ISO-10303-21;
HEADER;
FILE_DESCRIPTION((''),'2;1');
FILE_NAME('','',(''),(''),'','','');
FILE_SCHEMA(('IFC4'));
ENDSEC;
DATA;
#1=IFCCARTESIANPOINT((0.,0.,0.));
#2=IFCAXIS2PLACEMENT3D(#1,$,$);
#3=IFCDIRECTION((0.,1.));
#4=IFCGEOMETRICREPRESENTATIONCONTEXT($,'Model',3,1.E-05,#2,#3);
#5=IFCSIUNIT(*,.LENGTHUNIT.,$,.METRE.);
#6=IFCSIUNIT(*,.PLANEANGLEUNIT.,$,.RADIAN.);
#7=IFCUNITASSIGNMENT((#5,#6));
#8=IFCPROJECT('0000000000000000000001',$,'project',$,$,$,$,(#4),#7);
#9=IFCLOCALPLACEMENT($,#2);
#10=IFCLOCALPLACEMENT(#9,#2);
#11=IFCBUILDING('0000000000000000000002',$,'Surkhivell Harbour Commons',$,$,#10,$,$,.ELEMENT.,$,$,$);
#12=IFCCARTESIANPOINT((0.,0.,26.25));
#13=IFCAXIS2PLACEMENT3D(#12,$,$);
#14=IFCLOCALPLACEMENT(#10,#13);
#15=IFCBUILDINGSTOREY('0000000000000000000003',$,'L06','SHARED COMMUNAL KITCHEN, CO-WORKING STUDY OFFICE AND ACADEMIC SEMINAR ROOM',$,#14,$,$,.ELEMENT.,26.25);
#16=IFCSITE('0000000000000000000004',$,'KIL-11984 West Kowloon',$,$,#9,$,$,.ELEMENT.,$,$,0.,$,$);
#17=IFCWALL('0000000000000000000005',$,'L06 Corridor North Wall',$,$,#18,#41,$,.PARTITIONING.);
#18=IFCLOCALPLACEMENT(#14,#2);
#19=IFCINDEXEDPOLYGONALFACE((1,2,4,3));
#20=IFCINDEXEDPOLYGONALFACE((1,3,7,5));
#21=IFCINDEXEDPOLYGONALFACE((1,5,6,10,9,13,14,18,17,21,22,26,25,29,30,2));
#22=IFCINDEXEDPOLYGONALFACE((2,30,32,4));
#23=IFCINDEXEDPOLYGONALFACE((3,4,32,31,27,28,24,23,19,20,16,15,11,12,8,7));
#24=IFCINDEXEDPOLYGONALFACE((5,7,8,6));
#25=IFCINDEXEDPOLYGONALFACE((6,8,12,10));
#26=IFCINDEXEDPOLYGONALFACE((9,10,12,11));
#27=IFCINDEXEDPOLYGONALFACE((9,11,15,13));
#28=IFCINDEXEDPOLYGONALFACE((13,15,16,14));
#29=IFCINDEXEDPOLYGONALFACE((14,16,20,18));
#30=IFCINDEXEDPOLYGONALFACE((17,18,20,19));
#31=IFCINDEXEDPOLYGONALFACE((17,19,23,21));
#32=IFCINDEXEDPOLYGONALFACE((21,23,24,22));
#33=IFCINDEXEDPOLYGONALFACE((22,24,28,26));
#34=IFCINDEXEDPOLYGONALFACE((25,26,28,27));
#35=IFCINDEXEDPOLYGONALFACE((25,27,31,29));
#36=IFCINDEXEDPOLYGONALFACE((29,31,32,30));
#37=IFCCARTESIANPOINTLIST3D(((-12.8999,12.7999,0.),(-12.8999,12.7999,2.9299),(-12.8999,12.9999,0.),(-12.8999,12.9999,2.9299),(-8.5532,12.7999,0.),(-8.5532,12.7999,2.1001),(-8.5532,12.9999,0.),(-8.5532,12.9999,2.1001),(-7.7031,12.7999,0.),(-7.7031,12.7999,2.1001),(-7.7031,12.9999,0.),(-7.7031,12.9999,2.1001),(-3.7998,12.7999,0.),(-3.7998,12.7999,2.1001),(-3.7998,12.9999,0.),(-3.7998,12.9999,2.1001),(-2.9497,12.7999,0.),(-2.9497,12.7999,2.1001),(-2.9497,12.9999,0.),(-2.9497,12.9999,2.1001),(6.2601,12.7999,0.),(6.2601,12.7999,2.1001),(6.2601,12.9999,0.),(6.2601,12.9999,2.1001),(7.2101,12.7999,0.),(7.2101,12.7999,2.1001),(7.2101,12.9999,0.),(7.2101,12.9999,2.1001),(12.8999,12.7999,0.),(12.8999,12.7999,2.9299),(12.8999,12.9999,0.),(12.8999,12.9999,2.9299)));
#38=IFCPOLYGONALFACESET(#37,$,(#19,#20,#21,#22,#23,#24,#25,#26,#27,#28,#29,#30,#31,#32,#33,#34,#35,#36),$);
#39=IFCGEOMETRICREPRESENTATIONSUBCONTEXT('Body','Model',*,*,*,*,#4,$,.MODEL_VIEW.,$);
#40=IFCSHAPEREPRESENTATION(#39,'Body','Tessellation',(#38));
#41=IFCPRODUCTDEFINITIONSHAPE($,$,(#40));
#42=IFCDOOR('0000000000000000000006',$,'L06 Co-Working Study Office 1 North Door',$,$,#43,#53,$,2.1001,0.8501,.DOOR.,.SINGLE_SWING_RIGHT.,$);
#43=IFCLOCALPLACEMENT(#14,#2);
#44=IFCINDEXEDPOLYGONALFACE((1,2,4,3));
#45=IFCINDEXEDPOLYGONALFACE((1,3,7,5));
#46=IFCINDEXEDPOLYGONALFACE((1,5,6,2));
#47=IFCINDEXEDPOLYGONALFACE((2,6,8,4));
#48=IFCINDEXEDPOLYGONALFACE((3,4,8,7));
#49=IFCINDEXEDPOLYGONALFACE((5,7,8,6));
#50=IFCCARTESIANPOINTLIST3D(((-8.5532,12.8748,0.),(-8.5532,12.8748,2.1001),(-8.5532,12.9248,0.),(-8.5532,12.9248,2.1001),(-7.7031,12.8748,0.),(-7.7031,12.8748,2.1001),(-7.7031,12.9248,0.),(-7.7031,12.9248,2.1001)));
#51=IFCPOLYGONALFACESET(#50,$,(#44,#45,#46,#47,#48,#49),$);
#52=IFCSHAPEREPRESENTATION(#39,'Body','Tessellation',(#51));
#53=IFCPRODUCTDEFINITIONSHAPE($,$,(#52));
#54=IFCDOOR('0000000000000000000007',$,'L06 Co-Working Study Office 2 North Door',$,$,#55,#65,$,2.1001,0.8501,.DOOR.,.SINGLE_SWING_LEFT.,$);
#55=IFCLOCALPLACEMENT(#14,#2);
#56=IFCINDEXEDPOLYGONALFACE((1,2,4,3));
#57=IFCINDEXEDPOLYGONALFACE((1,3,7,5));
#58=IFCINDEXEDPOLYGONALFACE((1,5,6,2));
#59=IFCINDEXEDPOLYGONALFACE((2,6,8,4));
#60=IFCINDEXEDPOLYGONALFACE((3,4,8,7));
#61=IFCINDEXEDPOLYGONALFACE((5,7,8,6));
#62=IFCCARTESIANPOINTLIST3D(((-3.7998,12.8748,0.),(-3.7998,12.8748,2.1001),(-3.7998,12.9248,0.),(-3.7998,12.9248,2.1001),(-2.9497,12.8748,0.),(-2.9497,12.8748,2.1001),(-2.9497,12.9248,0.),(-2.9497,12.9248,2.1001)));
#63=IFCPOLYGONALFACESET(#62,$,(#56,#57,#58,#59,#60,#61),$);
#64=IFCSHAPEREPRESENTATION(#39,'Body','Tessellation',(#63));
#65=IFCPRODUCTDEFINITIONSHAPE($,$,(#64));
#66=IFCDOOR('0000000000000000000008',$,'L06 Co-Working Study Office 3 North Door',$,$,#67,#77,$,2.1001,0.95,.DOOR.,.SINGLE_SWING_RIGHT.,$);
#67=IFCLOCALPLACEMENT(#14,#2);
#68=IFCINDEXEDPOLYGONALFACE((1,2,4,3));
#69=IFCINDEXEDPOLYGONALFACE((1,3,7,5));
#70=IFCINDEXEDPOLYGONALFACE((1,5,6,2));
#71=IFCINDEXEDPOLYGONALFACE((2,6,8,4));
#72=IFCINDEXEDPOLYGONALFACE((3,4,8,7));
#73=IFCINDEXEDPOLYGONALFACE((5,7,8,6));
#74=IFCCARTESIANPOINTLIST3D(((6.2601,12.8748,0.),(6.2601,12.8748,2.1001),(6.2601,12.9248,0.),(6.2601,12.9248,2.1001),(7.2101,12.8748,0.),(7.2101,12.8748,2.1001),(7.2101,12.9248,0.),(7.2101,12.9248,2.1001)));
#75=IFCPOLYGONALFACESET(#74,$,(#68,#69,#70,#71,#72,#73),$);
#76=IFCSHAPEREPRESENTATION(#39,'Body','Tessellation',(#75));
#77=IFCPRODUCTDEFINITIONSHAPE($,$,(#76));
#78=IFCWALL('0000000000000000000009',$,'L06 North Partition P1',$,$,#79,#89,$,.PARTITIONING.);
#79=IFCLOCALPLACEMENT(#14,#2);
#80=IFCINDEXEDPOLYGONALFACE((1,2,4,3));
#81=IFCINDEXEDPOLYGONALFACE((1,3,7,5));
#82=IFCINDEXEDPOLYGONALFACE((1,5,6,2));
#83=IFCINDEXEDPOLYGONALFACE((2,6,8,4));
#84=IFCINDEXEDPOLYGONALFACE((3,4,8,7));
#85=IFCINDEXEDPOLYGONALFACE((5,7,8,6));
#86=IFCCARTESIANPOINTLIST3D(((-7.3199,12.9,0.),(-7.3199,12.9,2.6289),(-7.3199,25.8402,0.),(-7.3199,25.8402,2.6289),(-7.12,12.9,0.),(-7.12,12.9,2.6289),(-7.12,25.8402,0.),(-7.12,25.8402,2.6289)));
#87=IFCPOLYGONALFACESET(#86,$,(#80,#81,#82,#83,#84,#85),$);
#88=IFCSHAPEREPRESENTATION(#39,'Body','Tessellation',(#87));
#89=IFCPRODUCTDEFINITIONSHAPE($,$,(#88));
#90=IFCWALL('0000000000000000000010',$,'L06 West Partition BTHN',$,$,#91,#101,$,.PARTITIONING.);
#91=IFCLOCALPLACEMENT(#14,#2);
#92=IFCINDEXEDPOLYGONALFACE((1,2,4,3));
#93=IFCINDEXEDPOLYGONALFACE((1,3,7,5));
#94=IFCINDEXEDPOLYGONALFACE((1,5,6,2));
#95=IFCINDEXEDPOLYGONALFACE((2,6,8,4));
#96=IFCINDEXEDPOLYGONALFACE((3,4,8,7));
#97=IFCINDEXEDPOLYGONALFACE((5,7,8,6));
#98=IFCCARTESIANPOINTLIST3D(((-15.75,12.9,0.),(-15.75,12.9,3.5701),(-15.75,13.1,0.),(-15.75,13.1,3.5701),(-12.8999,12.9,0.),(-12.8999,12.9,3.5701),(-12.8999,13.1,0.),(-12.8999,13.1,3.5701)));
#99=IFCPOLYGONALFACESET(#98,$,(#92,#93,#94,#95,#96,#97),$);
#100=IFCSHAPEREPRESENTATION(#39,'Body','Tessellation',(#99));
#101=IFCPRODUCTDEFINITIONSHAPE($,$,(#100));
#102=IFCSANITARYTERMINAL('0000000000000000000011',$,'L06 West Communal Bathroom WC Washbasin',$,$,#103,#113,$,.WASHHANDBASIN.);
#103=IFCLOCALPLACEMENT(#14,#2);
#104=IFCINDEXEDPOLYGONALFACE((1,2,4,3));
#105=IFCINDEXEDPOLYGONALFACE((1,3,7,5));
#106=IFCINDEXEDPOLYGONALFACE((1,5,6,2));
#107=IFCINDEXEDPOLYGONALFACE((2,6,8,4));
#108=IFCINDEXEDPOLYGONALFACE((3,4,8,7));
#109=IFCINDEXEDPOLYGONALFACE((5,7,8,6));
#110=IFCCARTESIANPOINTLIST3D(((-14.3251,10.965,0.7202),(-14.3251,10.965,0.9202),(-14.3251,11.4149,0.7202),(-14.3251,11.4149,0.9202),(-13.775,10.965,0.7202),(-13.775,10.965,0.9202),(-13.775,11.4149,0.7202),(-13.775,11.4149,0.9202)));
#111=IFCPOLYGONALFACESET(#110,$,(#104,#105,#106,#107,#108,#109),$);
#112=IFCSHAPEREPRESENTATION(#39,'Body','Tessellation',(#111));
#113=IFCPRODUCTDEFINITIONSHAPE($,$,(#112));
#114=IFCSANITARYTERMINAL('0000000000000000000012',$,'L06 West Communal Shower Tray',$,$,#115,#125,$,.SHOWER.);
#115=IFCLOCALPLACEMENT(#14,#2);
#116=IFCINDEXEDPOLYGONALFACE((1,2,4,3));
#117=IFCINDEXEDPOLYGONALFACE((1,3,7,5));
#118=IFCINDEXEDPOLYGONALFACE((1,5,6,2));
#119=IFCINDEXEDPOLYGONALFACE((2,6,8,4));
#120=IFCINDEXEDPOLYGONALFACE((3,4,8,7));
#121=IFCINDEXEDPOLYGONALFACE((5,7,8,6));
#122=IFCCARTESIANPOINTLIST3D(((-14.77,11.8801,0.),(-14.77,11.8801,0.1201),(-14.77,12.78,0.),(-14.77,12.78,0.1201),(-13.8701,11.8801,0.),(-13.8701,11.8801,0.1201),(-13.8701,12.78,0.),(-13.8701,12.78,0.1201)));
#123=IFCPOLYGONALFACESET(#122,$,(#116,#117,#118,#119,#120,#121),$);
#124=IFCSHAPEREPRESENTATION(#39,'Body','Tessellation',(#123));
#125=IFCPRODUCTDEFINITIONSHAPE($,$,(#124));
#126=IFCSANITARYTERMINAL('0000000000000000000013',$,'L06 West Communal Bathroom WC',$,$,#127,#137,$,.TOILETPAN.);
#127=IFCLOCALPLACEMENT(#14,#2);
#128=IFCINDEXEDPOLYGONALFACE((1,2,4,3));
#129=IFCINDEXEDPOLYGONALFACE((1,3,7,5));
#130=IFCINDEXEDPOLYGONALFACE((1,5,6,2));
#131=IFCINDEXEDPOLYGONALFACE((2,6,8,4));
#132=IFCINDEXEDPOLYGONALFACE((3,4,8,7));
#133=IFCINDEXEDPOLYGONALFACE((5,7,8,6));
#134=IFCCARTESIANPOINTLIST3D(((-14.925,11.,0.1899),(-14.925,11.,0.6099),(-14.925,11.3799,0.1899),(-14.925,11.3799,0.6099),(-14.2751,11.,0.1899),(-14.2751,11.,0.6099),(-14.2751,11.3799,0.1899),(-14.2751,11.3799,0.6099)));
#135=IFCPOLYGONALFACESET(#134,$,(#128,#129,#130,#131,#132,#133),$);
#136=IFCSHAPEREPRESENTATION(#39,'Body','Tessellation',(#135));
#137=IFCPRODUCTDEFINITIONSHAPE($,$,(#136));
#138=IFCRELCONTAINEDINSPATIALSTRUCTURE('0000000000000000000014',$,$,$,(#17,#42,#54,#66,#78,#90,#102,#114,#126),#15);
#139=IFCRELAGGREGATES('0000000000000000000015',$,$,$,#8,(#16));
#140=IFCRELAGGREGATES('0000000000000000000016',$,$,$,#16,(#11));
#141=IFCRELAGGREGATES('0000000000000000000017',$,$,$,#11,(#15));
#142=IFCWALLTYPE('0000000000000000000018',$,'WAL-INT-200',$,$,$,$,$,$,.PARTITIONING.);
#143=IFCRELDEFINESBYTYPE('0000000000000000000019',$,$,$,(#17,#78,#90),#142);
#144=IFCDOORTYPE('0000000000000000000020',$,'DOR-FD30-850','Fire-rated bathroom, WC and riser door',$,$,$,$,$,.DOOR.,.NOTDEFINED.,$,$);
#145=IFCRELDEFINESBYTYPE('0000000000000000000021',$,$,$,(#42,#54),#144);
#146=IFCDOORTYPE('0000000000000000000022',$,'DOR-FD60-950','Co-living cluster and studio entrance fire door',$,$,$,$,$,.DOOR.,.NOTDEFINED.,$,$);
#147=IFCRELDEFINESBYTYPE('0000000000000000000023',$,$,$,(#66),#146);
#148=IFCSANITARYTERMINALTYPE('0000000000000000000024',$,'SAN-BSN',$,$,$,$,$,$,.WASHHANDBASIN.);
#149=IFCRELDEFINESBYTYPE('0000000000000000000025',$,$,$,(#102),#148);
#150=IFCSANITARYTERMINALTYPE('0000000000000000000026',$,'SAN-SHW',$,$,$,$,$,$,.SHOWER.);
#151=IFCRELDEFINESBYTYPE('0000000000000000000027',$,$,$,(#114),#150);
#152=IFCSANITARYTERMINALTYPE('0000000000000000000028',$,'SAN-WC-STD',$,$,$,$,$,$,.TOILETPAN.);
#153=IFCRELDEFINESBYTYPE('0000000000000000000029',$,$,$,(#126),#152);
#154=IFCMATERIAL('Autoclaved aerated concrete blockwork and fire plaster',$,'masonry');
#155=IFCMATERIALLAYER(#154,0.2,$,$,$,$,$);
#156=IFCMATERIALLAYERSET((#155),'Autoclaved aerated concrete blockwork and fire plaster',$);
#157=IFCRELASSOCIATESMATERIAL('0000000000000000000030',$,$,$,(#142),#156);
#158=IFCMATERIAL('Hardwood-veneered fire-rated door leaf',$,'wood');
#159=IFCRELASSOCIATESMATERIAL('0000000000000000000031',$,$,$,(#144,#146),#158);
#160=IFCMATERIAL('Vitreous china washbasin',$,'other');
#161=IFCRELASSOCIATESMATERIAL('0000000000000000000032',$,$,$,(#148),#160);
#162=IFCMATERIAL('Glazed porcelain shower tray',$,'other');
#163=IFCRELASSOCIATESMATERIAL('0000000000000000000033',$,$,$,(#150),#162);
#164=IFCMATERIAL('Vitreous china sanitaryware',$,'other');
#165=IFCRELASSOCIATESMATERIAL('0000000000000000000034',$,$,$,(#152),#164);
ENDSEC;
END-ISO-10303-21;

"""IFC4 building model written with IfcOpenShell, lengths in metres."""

from ifc_helpers import new_model, si_unit, direction, frame, frame_2d, origin, origin_2d, place, context, subcontext, project, spatial, rectangle, extrude, material, layer, layer_set, type_object, element, fill, save


model = new_model("IFC4")

# Units and contexts
model_context = context("Model", 3, precision=1e-05, world=origin(), true_north=direction((0.0, 1.0)))
body_context = subcontext(model_context, "Body", "Model", "MODEL_VIEW")
ifc_project = project(units=[si_unit("LENGTHUNIT", "METRE"), si_unit("PLANEANGLEUNIT", "RADIAN")], contexts=[model_context])

# Site, building, storey
site_placement = place(None, origin())
site = spatial("IfcSite", under=ifc_project, at=site_placement, Name="KIL-11984 West Kowloon", CompositionType="ELEMENT", RefElevation=0.0)
building_placement = place(site_placement, origin())
building = spatial("IfcBuilding", under=site, at=building_placement, Name="Surkhivell Harbour Commons", CompositionType="ELEMENT")
storey_placement = place(building_placement, frame((0.0, 0.0, 26.25)))
storey = spatial("IfcBuildingStorey", under=building, at=storey_placement, Name="L06", Description="SHARED COMMUNAL KITCHEN, CO-WORKING STUDY OFFICE AND ACADEMIC SEMINAR ROOM", CompositionType="ELEMENT", Elevation=26.25)

# Shared definitions
ifc_material_1 = material(Name="Hardwood-veneered fire-rated door leaf", Category="wood")

# Shared definitions
ifc_material_2 = material(Name="Autoclaved aerated concrete blockwork and fire plaster", Category="masonry")
ifc_layer_1 = layer(ifc_material_2, 0.2)
ifc_layer_set_1 = layer_set([ifc_layer_1], Name="Autoclaved aerated concrete blockwork and fire plaster")
wall_type_1 = type_object("IfcWallType", Name="WAL-INT-200", PredefinedType="PARTITIONING", material=ifc_layer_set_1)

# Wall, openings, doors
wall_1_placement = place(storey_placement, frame((-12.8999, 12.8999, 0.0), z_axis=(0.0, 0.0, 1.0), x_axis=(1.0, 0.0, 0.0)))
wall_1 = element("IfcWall", 1, at=wall_1_placement, inside=storey, type_object=wall_type_1, Name="L06 Corridor North Wall", PredefinedType="PARTITIONING", context=body_context, shape_type="SweptSolid", body=[
    extrude(rectangle(XDim=25.7998, YDim=0.2, at=frame_2d((12.8999, 0.0))), origin(), (0.0, 0.0, 1.0), 2.9299),
])
opening_1_placement = place(wall_1_placement, frame((4.3467, 0.0, 0.0)))
opening_1 = element("IfcOpeningElement", 2, at=opening_1_placement, cuts=wall_1, PredefinedType="OPENING", context=body_context, shape_type="SweptSolid", body=[
    extrude(rectangle(XDim=0.8501, YDim=2.1001, at=frame_2d((0.425, 1.05))), frame((0.0, 0.1099, 0.0), z_axis=(0.0, -1.0, 0.0), x_axis=(1.0, 0.0, 0.0)), (0.0, 0.0, 1.0), 0.22),
])
opening_2_placement = place(wall_1_placement, frame((9.1001, 0.0, 0.0)))
opening_2 = element("IfcOpeningElement", 3, at=opening_2_placement, cuts=wall_1, PredefinedType="OPENING", context=body_context, shape_type="SweptSolid", body=[
    extrude(rectangle(XDim=0.8501, YDim=2.1001, at=frame_2d((0.425, 1.05))), frame((0.0, 0.1099, 0.0), z_axis=(0.0, -1.0, 0.0), x_axis=(1.0, 0.0, 0.0)), (0.0, 0.0, 1.0), 0.22),
])
opening_3_placement = place(wall_1_placement, frame((19.1599, 0.0, 0.0)))
opening_3 = element("IfcOpeningElement", 4, at=opening_3_placement, cuts=wall_1, PredefinedType="OPENING", context=body_context, shape_type="SweptSolid", body=[
    extrude(rectangle(XDim=0.95, YDim=2.1001, at=frame_2d((0.4751, 1.05))), frame((0.0, 0.1099, 0.0), z_axis=(0.0, -1.0, 0.0), x_axis=(1.0, 0.0, 0.0)), (0.0, 0.0, 1.0), 0.22),
])
door_type_1 = type_object("IfcDoorType", Name="DOR-FD30-850", Description="Fire-rated bathroom, WC and riser door", OperationType="NOTDEFINED", PredefinedType="DOOR", material=ifc_material_1)
door_1_placement = place(opening_1_placement, origin())
door_1 = element("IfcDoor", 5, at=door_1_placement, inside=storey, type_object=door_type_1, Name="L06 Co-Working Study Office 1 North Door", OperationType="SINGLE_SWING_RIGHT", OverallHeight=2.1001, OverallWidth=0.8501, PredefinedType="DOOR", context=body_context, shape_type="SweptSolid", body=[
    extrude(rectangle(XDim=0.8501, YDim=2.1001, at=frame_2d((0.425, 1.05))), frame((0.0, 0.0249, 0.0), z_axis=(0.0, -1.0, 0.0), x_axis=(1.0, 0.0, 0.0)), (0.0, 0.0, 1.0), 0.05),
])
fill(opening_1, door_1)
door_2_placement = place(opening_2_placement, origin())
door_2 = element("IfcDoor", 6, at=door_2_placement, inside=storey, type_object=door_type_1, Name="L06 Co-Working Study Office 2 North Door", OperationType="SINGLE_SWING_LEFT", OverallHeight=2.1001, OverallWidth=0.8501, PredefinedType="DOOR", context=body_context, shape_type="SweptSolid", body=[
    extrude(rectangle(XDim=0.8501, YDim=2.1001, at=frame_2d((0.425, 1.05))), frame((0.0, 0.0249, 0.0), z_axis=(0.0, -1.0, 0.0), x_axis=(1.0, 0.0, 0.0)), (0.0, 0.0, 1.0), 0.05),
])
fill(opening_2, door_2)
door_type_2 = type_object("IfcDoorType", Name="DOR-FD60-950", Description="Co-living cluster and studio entrance fire door", OperationType="NOTDEFINED", PredefinedType="DOOR", material=ifc_material_1)
door_3_placement = place(opening_3_placement, origin())
door_3 = element("IfcDoor", 7, at=door_3_placement, inside=storey, type_object=door_type_2, Name="L06 Co-Working Study Office 3 North Door", OperationType="SINGLE_SWING_RIGHT", OverallHeight=2.1001, OverallWidth=0.95, PredefinedType="DOOR", context=body_context, shape_type="SweptSolid", body=[
    extrude(rectangle(XDim=0.95, YDim=2.1001, at=frame_2d((0.4751, 1.05))), frame((0.0, 0.0249, 0.0), z_axis=(0.0, -1.0, 0.0), x_axis=(1.0, 0.0, 0.0)), (0.0, 0.0, 1.0), 0.05),
])
fill(opening_3, door_3)

# Walls
wall_2_placement = place(storey_placement, frame((-7.22, 12.8999, 0.0), z_axis=(0.0, 0.0, 1.0), x_axis=(0.0, 1.0, 0.0)))
element("IfcWall", 8, at=wall_2_placement, inside=storey, type_object=wall_type_1, Name="L06 North Partition P1", PredefinedType="PARTITIONING", context=body_context, shape_type="SweptSolid", body=[
    extrude(rectangle(XDim=12.9402, YDim=0.2, at=frame_2d((6.4702, 0.0))), origin(), (0.0, 0.0, 1.0), 2.6289),
])
wall_3_placement = place(storey_placement, frame((-15.75, 13.0, 0.0), z_axis=(0.0, 0.0, 1.0), x_axis=(1.0, 0.0, 0.0)))
element("IfcWall", 9, at=wall_3_placement, inside=storey, type_object=wall_type_1, Name="L06 West Partition BTHN", PredefinedType="PARTITIONING", context=body_context, shape_type="SweptSolid", body=[
    extrude(rectangle(XDim=2.8501, YDim=0.2, at=frame_2d((1.425, 0.0))), origin(), (0.0, 0.0, 1.0), 3.5701),
])

# Sanitary terminals
ifc_material_3 = material(Name="Vitreous china washbasin", Category="other")
sanitary_terminal_type_1 = type_object("IfcSanitaryTerminalType", Name="SAN-BSN", PredefinedType="WASHHANDBASIN", material=ifc_material_3)
sanitary_terminal_1_placement = place(storey_placement, frame((-14.05, 11.1899, 0.7202), z_axis=(0.0, 0.0, 1.0), x_axis=(1.0, 0.0, 0.0)))
element("IfcSanitaryTerminal", 10, at=sanitary_terminal_1_placement, inside=storey, type_object=sanitary_terminal_type_1, Name="L06 West Communal Bathroom WC Washbasin", PredefinedType="WASHHANDBASIN", context=body_context, shape_type="SweptSolid", body=[
    extrude(rectangle(XDim=0.55, YDim=0.45, at=origin_2d()), origin(), (0.0, 0.0, 1.0), 0.2),
])
ifc_material_4 = material(Name="Glazed porcelain shower tray", Category="other")
sanitary_terminal_type_2 = type_object("IfcSanitaryTerminalType", Name="SAN-SHW", PredefinedType="SHOWER", material=ifc_material_4)
sanitary_terminal_2_placement = place(storey_placement, frame((-14.3201, 12.3301, 0.0), z_axis=(0.0, 0.0, 1.0), x_axis=(1.0, 0.0, 0.0)))
element("IfcSanitaryTerminal", 11, at=sanitary_terminal_2_placement, inside=storey, type_object=sanitary_terminal_type_2, Name="L06 West Communal Shower Tray", PredefinedType="SHOWER", context=body_context, shape_type="SweptSolid", body=[
    extrude(rectangle(XDim=0.8999, YDim=0.8999, at=origin_2d()), origin(), (0.0, 0.0, 1.0), 0.1201),
])
ifc_material_5 = material(Name="Vitreous china sanitaryware", Category="other")
sanitary_terminal_type_3 = type_object("IfcSanitaryTerminalType", Name="SAN-WC-STD", PredefinedType="TOILETPAN", material=ifc_material_5)
sanitary_terminal_3_placement = place(storey_placement, frame((-14.6001, 11.1899, 0.1899), z_axis=(0.0, 0.0, 1.0), x_axis=(1.0, 0.0, 0.0)))
element("IfcSanitaryTerminal", 12, at=sanitary_terminal_3_placement, inside=storey, type_object=sanitary_terminal_type_3, Name="L06 West Communal Bathroom WC", PredefinedType="TOILETPAN", context=body_context, shape_type="SweptSolid", body=[
    extrude(rectangle(XDim=0.6499, YDim=0.3799, at=origin_2d()), origin(), (0.0, 0.0, 1.0), 0.4199),
])

save(model, "model.ifc")
